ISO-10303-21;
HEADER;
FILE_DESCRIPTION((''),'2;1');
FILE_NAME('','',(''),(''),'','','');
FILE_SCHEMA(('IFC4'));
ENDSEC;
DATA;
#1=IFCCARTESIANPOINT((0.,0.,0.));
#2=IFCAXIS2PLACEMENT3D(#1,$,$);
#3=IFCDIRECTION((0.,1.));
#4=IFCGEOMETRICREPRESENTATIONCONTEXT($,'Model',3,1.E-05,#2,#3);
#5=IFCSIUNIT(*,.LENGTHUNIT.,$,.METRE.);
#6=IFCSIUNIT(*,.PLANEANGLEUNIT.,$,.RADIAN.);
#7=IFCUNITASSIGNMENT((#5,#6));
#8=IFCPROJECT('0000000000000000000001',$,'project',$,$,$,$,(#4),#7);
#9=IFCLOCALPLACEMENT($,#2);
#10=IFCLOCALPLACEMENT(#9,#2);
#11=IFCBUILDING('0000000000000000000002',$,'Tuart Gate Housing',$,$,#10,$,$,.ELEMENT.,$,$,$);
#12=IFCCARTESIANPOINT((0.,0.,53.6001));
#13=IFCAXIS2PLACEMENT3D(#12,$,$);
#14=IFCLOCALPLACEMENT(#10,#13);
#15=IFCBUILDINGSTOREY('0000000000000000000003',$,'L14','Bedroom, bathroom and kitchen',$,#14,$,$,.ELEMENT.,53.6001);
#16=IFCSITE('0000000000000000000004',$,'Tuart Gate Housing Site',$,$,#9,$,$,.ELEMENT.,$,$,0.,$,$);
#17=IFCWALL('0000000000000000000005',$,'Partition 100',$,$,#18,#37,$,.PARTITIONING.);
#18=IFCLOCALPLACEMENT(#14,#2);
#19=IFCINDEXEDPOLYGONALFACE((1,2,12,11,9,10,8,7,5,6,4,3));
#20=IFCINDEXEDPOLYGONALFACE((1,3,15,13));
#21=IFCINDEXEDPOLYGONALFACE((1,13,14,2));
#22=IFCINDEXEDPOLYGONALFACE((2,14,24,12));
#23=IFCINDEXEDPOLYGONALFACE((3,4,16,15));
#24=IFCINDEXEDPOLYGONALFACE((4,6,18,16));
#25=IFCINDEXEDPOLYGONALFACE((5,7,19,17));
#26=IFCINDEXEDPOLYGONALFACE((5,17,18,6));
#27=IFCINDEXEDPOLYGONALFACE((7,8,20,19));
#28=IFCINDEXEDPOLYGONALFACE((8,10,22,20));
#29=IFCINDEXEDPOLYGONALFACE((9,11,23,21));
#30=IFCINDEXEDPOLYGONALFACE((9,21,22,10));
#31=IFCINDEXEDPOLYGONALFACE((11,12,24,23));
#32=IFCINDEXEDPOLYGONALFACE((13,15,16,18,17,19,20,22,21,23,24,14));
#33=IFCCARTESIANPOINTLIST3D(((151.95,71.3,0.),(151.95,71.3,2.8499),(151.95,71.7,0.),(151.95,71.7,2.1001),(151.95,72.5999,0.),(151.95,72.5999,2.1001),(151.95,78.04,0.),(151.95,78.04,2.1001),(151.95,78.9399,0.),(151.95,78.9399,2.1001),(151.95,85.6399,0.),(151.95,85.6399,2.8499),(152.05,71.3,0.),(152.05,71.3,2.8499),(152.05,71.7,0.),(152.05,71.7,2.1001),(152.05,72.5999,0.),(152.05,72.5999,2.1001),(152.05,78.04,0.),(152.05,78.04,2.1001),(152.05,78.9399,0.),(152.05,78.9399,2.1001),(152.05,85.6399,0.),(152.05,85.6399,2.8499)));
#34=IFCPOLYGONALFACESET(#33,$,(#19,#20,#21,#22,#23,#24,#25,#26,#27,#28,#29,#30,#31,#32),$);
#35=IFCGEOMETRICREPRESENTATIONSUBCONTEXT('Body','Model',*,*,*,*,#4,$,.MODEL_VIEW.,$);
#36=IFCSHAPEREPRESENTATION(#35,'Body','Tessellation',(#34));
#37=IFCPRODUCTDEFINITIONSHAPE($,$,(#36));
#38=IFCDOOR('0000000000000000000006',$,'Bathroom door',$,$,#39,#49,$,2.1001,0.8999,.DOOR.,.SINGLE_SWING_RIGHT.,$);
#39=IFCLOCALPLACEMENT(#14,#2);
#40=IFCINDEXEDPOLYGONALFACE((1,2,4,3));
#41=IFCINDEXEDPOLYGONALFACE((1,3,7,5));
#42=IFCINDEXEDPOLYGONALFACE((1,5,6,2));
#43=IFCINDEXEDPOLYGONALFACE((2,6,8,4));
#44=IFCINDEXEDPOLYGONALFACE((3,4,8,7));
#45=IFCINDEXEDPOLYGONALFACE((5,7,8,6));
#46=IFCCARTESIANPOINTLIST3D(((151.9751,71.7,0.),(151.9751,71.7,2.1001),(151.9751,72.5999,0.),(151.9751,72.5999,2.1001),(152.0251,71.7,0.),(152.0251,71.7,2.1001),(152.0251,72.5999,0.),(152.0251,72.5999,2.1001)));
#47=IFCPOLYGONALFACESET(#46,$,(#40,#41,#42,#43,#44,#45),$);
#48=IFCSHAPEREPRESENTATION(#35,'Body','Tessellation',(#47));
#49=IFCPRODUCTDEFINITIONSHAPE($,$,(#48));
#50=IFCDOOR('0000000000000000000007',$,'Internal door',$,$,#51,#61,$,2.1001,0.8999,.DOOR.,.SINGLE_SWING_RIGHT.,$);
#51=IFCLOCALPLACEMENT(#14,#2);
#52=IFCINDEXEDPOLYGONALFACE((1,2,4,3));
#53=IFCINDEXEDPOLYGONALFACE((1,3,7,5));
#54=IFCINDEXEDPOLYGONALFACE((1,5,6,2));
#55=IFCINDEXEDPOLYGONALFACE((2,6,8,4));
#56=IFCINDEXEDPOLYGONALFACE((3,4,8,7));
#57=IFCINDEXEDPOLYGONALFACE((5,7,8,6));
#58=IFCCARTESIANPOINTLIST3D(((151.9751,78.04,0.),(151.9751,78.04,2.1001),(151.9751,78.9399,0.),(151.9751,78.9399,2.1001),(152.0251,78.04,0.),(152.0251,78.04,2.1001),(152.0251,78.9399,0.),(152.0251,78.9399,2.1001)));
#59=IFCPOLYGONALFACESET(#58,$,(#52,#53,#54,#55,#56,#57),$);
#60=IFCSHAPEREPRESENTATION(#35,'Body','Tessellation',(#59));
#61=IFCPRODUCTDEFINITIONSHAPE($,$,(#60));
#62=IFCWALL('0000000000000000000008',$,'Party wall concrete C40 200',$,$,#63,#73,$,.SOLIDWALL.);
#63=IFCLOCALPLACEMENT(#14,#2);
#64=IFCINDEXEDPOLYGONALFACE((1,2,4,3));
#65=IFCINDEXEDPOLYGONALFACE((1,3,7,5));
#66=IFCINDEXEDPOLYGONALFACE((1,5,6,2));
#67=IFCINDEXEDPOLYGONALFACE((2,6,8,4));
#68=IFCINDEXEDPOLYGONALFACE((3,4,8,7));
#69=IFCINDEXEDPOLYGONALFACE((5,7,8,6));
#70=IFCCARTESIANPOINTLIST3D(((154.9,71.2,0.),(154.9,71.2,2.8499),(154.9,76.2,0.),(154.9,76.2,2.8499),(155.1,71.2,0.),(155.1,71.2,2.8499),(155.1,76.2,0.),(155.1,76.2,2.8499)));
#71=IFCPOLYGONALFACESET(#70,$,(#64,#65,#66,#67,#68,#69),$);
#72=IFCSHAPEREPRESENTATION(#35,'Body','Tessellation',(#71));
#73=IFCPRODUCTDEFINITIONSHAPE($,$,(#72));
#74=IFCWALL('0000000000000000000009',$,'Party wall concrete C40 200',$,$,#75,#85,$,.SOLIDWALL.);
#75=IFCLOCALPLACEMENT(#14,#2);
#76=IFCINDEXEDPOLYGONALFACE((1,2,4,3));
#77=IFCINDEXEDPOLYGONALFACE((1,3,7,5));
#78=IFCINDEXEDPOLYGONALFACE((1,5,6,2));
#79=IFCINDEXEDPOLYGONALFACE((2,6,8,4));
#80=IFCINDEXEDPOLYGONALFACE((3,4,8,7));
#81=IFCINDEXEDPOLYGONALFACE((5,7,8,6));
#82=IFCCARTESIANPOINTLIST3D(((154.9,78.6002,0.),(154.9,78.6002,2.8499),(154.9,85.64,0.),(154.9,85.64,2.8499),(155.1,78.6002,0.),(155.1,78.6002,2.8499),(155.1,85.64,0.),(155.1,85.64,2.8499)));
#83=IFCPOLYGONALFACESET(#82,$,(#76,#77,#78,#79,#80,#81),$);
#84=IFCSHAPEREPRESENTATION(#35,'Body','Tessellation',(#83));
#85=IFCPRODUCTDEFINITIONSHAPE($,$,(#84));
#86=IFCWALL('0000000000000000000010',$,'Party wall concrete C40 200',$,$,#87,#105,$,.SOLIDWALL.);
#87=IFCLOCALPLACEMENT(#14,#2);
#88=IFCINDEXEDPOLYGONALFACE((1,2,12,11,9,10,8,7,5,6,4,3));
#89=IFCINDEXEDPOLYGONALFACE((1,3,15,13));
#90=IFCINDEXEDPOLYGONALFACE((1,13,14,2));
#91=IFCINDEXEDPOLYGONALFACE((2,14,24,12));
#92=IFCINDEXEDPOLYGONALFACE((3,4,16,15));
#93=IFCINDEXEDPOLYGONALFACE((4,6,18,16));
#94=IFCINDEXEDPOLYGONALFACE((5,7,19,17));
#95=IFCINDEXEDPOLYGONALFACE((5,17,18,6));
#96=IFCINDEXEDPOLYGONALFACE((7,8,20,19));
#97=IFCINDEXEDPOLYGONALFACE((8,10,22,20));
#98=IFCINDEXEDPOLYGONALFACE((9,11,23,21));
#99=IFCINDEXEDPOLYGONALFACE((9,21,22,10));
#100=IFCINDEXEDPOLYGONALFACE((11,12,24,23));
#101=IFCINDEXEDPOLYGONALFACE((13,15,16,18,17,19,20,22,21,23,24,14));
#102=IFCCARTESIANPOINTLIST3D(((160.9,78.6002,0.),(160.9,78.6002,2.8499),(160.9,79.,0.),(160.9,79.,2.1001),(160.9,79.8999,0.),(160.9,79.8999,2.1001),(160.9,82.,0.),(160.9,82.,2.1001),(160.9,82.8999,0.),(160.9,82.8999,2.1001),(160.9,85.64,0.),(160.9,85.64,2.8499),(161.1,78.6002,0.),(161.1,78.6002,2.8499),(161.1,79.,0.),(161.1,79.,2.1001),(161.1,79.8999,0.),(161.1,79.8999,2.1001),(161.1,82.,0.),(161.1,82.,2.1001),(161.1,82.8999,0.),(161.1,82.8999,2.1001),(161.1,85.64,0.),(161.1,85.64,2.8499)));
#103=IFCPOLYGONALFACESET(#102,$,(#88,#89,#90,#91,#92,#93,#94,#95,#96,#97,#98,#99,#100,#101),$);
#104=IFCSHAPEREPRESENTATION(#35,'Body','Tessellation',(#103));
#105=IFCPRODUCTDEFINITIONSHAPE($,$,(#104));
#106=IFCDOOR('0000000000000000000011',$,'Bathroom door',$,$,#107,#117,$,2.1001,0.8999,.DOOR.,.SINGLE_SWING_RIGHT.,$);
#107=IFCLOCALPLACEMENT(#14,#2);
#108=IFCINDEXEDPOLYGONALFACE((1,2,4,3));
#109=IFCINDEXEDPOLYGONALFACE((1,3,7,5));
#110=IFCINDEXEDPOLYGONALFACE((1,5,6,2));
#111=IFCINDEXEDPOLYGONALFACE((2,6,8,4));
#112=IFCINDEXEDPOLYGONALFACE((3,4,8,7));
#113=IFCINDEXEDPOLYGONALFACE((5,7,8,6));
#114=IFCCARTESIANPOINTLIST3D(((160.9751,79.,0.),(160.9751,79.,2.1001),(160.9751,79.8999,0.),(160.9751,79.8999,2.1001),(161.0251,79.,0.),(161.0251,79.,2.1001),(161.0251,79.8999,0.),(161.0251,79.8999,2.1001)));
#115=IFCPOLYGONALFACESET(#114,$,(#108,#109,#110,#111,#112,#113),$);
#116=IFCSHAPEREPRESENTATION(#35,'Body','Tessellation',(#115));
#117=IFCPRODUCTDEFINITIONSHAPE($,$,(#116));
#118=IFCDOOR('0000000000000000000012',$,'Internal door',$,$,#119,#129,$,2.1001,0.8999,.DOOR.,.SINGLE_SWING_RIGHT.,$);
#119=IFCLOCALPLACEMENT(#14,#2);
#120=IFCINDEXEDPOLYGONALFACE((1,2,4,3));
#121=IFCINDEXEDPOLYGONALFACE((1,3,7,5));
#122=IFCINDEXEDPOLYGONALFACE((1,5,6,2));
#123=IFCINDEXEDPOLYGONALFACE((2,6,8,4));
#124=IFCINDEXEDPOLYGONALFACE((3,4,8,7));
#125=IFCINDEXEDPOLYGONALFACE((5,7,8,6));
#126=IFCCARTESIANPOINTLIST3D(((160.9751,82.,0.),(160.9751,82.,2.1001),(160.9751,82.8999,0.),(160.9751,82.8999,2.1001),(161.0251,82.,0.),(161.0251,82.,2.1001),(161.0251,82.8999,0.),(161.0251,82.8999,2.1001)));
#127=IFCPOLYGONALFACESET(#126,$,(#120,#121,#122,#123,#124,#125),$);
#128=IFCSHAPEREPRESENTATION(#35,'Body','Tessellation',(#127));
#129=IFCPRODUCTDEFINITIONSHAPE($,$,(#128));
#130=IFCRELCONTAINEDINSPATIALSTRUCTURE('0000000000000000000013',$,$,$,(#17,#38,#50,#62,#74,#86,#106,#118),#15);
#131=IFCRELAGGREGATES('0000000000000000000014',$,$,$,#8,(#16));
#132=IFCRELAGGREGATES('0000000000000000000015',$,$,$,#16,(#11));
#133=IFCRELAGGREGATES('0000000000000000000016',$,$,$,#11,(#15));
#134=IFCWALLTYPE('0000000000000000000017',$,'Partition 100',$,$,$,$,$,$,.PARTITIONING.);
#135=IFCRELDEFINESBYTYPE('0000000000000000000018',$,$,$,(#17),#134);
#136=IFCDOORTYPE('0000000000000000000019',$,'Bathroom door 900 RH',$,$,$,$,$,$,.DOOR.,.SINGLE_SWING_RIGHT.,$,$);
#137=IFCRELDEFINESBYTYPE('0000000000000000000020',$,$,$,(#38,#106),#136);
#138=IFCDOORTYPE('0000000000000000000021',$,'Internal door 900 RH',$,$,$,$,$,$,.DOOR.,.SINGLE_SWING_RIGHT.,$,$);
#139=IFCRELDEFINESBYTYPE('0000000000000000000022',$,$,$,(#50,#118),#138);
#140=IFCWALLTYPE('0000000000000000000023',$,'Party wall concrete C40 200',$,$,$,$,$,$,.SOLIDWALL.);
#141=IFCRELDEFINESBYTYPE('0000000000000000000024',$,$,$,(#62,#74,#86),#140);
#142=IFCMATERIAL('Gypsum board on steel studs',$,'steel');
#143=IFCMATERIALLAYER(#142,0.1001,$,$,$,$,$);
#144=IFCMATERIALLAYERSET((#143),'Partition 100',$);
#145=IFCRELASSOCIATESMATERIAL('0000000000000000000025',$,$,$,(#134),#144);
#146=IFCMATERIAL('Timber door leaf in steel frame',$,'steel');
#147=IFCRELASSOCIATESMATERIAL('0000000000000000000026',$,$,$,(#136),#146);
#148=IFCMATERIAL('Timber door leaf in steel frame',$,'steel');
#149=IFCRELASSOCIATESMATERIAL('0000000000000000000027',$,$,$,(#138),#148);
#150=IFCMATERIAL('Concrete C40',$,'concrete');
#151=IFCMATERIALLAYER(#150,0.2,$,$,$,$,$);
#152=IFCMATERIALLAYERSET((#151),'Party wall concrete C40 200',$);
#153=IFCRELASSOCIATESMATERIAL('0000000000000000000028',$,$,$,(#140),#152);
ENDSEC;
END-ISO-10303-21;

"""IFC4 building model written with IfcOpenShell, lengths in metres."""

from ifc_helpers import new_model, si_unit, direction, frame, frame_2d, origin, place, context, subcontext, project, spatial, rectangle, extrude, material, layer, layer_set, type_object, element, fill, save


model = new_model("IFC4")

# Units and contexts
model_context = context("Model", 3, precision=1e-05, world=origin(), true_north=direction((0.0, 1.0)))
body_context = subcontext(model_context, "Body", "Model", "MODEL_VIEW")
ifc_project = project(units=[si_unit("LENGTHUNIT", "METRE"), si_unit("PLANEANGLEUNIT", "RADIAN")], contexts=[model_context])

# Site, building, storey
site_placement = place(None, origin())
site = spatial("IfcSite", under=ifc_project, at=site_placement, Name="Tuart Gate Housing Site", CompositionType="ELEMENT", RefElevation=0.0)
building_placement = place(site_placement, origin())
building = spatial("IfcBuilding", under=site, at=building_placement, Name="Tuart Gate Housing", CompositionType="ELEMENT")
storey_placement = place(building_placement, frame((0.0, 0.0, 53.6001)))
storey = spatial("IfcBuildingStorey", under=building, at=storey_placement, Name="L14", Description="Bedroom, bathroom and kitchen", CompositionType="ELEMENT", Elevation=53.6001)

# Shared definitions
ifc_material_1 = material(Name="Gypsum board on steel studs", Category="steel")
ifc_layer_1 = layer(ifc_material_1, 0.1001)
ifc_layer_set_1 = layer_set([ifc_layer_1], Name="Partition 100")
wall_type_1 = type_object("IfcWallType", Name="Partition 100", PredefinedType="PARTITIONING", material=ifc_layer_set_1)

# Wall, openings, doors
wall_1_placement = place(storey_placement, frame((152.0, 71.3, 0.0), z_axis=(0.0, 0.0, 1.0), x_axis=(0.0, 1.0, 0.0)))
wall_1 = element("IfcWall", 1, at=wall_1_placement, inside=storey, type_object=wall_type_1, Name="Partition 100", PredefinedType="PARTITIONING", context=body_context, shape_type="SweptSolid", body=[
    extrude(rectangle(XDim=14.3398, YDim=0.1001, at=frame_2d((7.1699, 0.0))), origin(), (0.0, 0.0, 1.0), 2.8499),
])
opening_1_placement = place(wall_1_placement, frame((6.74, 0.0, 0.0)))
opening_1 = element("IfcOpeningElement", 2, at=opening_1_placement, cuts=wall_1, PredefinedType="OPENING", context=body_context, shape_type="SweptSolid", body=[
    extrude(rectangle(XDim=0.8999, YDim=2.1001, at=frame_2d((0.45, 1.05))), frame((0.0, 0.0601, 0.0), z_axis=(0.0, -1.0, 0.0), x_axis=(1.0, 0.0, 0.0)), (0.0, 0.0, 1.0), 0.1201),
])
opening_2_placement = place(wall_1_placement, frame((0.3999, 0.0, 0.0)))
opening_2 = element("IfcOpeningElement", 3, at=opening_2_placement, cuts=wall_1, PredefinedType="OPENING", context=body_context, shape_type="SweptSolid", body=[
    extrude(rectangle(XDim=0.8999, YDim=2.1001, at=frame_2d((0.45, 1.05))), frame((0.0, 0.0601, 0.0), z_axis=(0.0, -1.0, 0.0), x_axis=(1.0, 0.0, 0.0)), (0.0, 0.0, 1.0), 0.1201),
])
ifc_material_2 = material(Name="Timber door leaf in steel frame", Category="steel")
door_type_1 = type_object("IfcDoorType", Name="Bathroom door 900 RH", OperationType="SINGLE_SWING_RIGHT", PredefinedType="DOOR", material=ifc_material_2)
door_1_placement = place(opening_2_placement, frame((0.8999, 0.0, 0.0), z_axis=(0.0, 0.0, 1.0), x_axis=(-1.0, 0.0, 0.0)))
door_1 = element("IfcDoor", 4, at=door_1_placement, inside=storey, type_object=door_type_1, Name="Bathroom door", OperationType="SINGLE_SWING_RIGHT", OverallHeight=2.1001, OverallWidth=0.8999, PredefinedType="DOOR", context=body_context, shape_type="SweptSolid", body=[
    extrude(rectangle(XDim=0.8999, YDim=2.1001, at=frame_2d((0.45, 1.05))), frame((0.0, 0.0251, 0.0), z_axis=(0.0, -1.0, 0.0), x_axis=(1.0, 0.0, 0.0)), (0.0, 0.0, 1.0), 0.05),
])
fill(opening_2, door_1)
ifc_material_3 = material(Name="Timber door leaf in steel frame", Category="steel")
door_type_2 = type_object("IfcDoorType", Name="Internal door 900 RH", OperationType="SINGLE_SWING_RIGHT", PredefinedType="DOOR", material=ifc_material_3)
door_2_placement = place(opening_1_placement, frame((0.8999, 0.0, 0.0), z_axis=(0.0, 0.0, 1.0), x_axis=(-1.0, 0.0, 0.0)))
door_2 = element("IfcDoor", 5, at=door_2_placement, inside=storey, type_object=door_type_2, Name="Internal door", OperationType="SINGLE_SWING_RIGHT", OverallHeight=2.1001, OverallWidth=0.8999, PredefinedType="DOOR", context=body_context, shape_type="SweptSolid", body=[
    extrude(rectangle(XDim=0.8999, YDim=2.1001, at=frame_2d((0.45, 1.05))), frame((0.0, 0.0251, 0.0), z_axis=(0.0, -1.0, 0.0), x_axis=(1.0, 0.0, 0.0)), (0.0, 0.0, 1.0), 0.05),
])
fill(opening_1, door_2)

# Walls
ifc_material_4 = material(Name="Concrete C40", Category="concrete")
ifc_layer_2 = layer(ifc_material_4, 0.2)
ifc_layer_set_2 = layer_set([ifc_layer_2], Name="Party wall concrete C40 200")
wall_type_2 = type_object("IfcWallType", Name="Party wall concrete C40 200", PredefinedType="SOLIDWALL", material=ifc_layer_set_2)
wall_2_placement = place(storey_placement, frame((155.0, 71.2, 0.0), z_axis=(0.0, 0.0, 1.0), x_axis=(0.0, 1.0, 0.0)))
element("IfcWall", 6, at=wall_2_placement, inside=storey, type_object=wall_type_2, Name="Party wall concrete C40 200", PredefinedType="SOLIDWALL", context=body_context, shape_type="SweptSolid", body=[
    extrude(rectangle(XDim=5.0, YDim=0.2, at=frame_2d((2.5, 0.0))), origin(), (0.0, 0.0, 1.0), 2.8499),
])
wall_3_placement = place(storey_placement, frame((155.0, 78.6001, 0.0), z_axis=(0.0, 0.0, 1.0), x_axis=(0.0, 1.0, 0.0)))
element("IfcWall", 7, at=wall_3_placement, inside=storey, type_object=wall_type_2, Name="Party wall concrete C40 200", PredefinedType="SOLIDWALL", context=body_context, shape_type="SweptSolid", body=[
    extrude(rectangle(XDim=7.0398, YDim=0.2, at=frame_2d((3.52, 0.0))), origin(), (0.0, 0.0, 1.0), 2.8499),
])

# Wall, openings, doors
wall_4_placement = place(storey_placement, frame((161.0, 78.6001, 0.0), z_axis=(0.0, 0.0, 1.0), x_axis=(0.0, 1.0, 0.0)))
wall_4 = element("IfcWall", 8, at=wall_4_placement, inside=storey, type_object=wall_type_2, Name="Party wall concrete C40 200", PredefinedType="SOLIDWALL", context=body_context, shape_type="SweptSolid", body=[
    extrude(rectangle(XDim=7.0398, YDim=0.2, at=frame_2d((3.52, 0.0))), origin(), (0.0, 0.0, 1.0), 2.8499),
])
opening_3_placement = place(wall_4_placement, frame((3.3999, 0.0, 0.0)))
opening_3 = element("IfcOpeningElement", 9, at=opening_3_placement, cuts=wall_4, PredefinedType="OPENING", context=body_context, shape_type="SweptSolid", body=[
    extrude(rectangle(XDim=0.8999, YDim=2.1001, at=frame_2d((0.45, 1.05))), frame((0.0, 0.1099, 0.0), z_axis=(0.0, -1.0, 0.0), x_axis=(1.0, 0.0, 0.0)), (0.0, 0.0, 1.0), 0.22),
])
opening_4_placement = place(wall_4_placement, frame((0.3999, 0.0, 0.0)))
opening_4 = element("IfcOpeningElement", 10, at=opening_4_placement, cuts=wall_4, PredefinedType="OPENING", context=body_context, shape_type="SweptSolid", body=[
    extrude(rectangle(XDim=0.8999, YDim=2.1001, at=frame_2d((0.45, 1.05))), frame((0.0, 0.1099, 0.0), z_axis=(0.0, -1.0, 0.0), x_axis=(1.0, 0.0, 0.0)), (0.0, 0.0, 1.0), 0.22),
])
door_3_placement = place(opening_4_placement, frame((0.8999, 0.0, 0.0), z_axis=(0.0, 0.0, 1.0), x_axis=(-1.0, 0.0, 0.0)))
door_3 = element("IfcDoor", 11, at=door_3_placement, inside=storey, type_object=door_type_1, Name="Bathroom door", OperationType="SINGLE_SWING_RIGHT", OverallHeight=2.1001, OverallWidth=0.8999, PredefinedType="DOOR", context=body_context, shape_type="SweptSolid", body=[
    extrude(rectangle(XDim=0.8999, YDim=2.1001, at=frame_2d((0.45, 1.05))), frame((0.0, 0.0251, 0.0), z_axis=(0.0, -1.0, 0.0), x_axis=(1.0, 0.0, 0.0)), (0.0, 0.0, 1.0), 0.05),
])
fill(opening_4, door_3)
door_4_placement = place(opening_3_placement, frame((0.8999, 0.0, 0.0), z_axis=(0.0, 0.0, 1.0), x_axis=(-1.0, 0.0, 0.0)))
door_4 = element("IfcDoor", 12, at=door_4_placement, inside=storey, type_object=door_type_2, Name="Internal door", OperationType="SINGLE_SWING_RIGHT", OverallHeight=2.1001, OverallWidth=0.8999, PredefinedType="DOOR", context=body_context, shape_type="SweptSolid", body=[
    extrude(rectangle(XDim=0.8999, YDim=2.1001, at=frame_2d((0.45, 1.05))), frame((0.0, 0.0251, 0.0), z_axis=(0.0, -1.0, 0.0), x_axis=(1.0, 0.0, 0.0)), (0.0, 0.0, 1.0), 0.05),
])
fill(opening_3, door_4)

save(model, "model.ifc")
